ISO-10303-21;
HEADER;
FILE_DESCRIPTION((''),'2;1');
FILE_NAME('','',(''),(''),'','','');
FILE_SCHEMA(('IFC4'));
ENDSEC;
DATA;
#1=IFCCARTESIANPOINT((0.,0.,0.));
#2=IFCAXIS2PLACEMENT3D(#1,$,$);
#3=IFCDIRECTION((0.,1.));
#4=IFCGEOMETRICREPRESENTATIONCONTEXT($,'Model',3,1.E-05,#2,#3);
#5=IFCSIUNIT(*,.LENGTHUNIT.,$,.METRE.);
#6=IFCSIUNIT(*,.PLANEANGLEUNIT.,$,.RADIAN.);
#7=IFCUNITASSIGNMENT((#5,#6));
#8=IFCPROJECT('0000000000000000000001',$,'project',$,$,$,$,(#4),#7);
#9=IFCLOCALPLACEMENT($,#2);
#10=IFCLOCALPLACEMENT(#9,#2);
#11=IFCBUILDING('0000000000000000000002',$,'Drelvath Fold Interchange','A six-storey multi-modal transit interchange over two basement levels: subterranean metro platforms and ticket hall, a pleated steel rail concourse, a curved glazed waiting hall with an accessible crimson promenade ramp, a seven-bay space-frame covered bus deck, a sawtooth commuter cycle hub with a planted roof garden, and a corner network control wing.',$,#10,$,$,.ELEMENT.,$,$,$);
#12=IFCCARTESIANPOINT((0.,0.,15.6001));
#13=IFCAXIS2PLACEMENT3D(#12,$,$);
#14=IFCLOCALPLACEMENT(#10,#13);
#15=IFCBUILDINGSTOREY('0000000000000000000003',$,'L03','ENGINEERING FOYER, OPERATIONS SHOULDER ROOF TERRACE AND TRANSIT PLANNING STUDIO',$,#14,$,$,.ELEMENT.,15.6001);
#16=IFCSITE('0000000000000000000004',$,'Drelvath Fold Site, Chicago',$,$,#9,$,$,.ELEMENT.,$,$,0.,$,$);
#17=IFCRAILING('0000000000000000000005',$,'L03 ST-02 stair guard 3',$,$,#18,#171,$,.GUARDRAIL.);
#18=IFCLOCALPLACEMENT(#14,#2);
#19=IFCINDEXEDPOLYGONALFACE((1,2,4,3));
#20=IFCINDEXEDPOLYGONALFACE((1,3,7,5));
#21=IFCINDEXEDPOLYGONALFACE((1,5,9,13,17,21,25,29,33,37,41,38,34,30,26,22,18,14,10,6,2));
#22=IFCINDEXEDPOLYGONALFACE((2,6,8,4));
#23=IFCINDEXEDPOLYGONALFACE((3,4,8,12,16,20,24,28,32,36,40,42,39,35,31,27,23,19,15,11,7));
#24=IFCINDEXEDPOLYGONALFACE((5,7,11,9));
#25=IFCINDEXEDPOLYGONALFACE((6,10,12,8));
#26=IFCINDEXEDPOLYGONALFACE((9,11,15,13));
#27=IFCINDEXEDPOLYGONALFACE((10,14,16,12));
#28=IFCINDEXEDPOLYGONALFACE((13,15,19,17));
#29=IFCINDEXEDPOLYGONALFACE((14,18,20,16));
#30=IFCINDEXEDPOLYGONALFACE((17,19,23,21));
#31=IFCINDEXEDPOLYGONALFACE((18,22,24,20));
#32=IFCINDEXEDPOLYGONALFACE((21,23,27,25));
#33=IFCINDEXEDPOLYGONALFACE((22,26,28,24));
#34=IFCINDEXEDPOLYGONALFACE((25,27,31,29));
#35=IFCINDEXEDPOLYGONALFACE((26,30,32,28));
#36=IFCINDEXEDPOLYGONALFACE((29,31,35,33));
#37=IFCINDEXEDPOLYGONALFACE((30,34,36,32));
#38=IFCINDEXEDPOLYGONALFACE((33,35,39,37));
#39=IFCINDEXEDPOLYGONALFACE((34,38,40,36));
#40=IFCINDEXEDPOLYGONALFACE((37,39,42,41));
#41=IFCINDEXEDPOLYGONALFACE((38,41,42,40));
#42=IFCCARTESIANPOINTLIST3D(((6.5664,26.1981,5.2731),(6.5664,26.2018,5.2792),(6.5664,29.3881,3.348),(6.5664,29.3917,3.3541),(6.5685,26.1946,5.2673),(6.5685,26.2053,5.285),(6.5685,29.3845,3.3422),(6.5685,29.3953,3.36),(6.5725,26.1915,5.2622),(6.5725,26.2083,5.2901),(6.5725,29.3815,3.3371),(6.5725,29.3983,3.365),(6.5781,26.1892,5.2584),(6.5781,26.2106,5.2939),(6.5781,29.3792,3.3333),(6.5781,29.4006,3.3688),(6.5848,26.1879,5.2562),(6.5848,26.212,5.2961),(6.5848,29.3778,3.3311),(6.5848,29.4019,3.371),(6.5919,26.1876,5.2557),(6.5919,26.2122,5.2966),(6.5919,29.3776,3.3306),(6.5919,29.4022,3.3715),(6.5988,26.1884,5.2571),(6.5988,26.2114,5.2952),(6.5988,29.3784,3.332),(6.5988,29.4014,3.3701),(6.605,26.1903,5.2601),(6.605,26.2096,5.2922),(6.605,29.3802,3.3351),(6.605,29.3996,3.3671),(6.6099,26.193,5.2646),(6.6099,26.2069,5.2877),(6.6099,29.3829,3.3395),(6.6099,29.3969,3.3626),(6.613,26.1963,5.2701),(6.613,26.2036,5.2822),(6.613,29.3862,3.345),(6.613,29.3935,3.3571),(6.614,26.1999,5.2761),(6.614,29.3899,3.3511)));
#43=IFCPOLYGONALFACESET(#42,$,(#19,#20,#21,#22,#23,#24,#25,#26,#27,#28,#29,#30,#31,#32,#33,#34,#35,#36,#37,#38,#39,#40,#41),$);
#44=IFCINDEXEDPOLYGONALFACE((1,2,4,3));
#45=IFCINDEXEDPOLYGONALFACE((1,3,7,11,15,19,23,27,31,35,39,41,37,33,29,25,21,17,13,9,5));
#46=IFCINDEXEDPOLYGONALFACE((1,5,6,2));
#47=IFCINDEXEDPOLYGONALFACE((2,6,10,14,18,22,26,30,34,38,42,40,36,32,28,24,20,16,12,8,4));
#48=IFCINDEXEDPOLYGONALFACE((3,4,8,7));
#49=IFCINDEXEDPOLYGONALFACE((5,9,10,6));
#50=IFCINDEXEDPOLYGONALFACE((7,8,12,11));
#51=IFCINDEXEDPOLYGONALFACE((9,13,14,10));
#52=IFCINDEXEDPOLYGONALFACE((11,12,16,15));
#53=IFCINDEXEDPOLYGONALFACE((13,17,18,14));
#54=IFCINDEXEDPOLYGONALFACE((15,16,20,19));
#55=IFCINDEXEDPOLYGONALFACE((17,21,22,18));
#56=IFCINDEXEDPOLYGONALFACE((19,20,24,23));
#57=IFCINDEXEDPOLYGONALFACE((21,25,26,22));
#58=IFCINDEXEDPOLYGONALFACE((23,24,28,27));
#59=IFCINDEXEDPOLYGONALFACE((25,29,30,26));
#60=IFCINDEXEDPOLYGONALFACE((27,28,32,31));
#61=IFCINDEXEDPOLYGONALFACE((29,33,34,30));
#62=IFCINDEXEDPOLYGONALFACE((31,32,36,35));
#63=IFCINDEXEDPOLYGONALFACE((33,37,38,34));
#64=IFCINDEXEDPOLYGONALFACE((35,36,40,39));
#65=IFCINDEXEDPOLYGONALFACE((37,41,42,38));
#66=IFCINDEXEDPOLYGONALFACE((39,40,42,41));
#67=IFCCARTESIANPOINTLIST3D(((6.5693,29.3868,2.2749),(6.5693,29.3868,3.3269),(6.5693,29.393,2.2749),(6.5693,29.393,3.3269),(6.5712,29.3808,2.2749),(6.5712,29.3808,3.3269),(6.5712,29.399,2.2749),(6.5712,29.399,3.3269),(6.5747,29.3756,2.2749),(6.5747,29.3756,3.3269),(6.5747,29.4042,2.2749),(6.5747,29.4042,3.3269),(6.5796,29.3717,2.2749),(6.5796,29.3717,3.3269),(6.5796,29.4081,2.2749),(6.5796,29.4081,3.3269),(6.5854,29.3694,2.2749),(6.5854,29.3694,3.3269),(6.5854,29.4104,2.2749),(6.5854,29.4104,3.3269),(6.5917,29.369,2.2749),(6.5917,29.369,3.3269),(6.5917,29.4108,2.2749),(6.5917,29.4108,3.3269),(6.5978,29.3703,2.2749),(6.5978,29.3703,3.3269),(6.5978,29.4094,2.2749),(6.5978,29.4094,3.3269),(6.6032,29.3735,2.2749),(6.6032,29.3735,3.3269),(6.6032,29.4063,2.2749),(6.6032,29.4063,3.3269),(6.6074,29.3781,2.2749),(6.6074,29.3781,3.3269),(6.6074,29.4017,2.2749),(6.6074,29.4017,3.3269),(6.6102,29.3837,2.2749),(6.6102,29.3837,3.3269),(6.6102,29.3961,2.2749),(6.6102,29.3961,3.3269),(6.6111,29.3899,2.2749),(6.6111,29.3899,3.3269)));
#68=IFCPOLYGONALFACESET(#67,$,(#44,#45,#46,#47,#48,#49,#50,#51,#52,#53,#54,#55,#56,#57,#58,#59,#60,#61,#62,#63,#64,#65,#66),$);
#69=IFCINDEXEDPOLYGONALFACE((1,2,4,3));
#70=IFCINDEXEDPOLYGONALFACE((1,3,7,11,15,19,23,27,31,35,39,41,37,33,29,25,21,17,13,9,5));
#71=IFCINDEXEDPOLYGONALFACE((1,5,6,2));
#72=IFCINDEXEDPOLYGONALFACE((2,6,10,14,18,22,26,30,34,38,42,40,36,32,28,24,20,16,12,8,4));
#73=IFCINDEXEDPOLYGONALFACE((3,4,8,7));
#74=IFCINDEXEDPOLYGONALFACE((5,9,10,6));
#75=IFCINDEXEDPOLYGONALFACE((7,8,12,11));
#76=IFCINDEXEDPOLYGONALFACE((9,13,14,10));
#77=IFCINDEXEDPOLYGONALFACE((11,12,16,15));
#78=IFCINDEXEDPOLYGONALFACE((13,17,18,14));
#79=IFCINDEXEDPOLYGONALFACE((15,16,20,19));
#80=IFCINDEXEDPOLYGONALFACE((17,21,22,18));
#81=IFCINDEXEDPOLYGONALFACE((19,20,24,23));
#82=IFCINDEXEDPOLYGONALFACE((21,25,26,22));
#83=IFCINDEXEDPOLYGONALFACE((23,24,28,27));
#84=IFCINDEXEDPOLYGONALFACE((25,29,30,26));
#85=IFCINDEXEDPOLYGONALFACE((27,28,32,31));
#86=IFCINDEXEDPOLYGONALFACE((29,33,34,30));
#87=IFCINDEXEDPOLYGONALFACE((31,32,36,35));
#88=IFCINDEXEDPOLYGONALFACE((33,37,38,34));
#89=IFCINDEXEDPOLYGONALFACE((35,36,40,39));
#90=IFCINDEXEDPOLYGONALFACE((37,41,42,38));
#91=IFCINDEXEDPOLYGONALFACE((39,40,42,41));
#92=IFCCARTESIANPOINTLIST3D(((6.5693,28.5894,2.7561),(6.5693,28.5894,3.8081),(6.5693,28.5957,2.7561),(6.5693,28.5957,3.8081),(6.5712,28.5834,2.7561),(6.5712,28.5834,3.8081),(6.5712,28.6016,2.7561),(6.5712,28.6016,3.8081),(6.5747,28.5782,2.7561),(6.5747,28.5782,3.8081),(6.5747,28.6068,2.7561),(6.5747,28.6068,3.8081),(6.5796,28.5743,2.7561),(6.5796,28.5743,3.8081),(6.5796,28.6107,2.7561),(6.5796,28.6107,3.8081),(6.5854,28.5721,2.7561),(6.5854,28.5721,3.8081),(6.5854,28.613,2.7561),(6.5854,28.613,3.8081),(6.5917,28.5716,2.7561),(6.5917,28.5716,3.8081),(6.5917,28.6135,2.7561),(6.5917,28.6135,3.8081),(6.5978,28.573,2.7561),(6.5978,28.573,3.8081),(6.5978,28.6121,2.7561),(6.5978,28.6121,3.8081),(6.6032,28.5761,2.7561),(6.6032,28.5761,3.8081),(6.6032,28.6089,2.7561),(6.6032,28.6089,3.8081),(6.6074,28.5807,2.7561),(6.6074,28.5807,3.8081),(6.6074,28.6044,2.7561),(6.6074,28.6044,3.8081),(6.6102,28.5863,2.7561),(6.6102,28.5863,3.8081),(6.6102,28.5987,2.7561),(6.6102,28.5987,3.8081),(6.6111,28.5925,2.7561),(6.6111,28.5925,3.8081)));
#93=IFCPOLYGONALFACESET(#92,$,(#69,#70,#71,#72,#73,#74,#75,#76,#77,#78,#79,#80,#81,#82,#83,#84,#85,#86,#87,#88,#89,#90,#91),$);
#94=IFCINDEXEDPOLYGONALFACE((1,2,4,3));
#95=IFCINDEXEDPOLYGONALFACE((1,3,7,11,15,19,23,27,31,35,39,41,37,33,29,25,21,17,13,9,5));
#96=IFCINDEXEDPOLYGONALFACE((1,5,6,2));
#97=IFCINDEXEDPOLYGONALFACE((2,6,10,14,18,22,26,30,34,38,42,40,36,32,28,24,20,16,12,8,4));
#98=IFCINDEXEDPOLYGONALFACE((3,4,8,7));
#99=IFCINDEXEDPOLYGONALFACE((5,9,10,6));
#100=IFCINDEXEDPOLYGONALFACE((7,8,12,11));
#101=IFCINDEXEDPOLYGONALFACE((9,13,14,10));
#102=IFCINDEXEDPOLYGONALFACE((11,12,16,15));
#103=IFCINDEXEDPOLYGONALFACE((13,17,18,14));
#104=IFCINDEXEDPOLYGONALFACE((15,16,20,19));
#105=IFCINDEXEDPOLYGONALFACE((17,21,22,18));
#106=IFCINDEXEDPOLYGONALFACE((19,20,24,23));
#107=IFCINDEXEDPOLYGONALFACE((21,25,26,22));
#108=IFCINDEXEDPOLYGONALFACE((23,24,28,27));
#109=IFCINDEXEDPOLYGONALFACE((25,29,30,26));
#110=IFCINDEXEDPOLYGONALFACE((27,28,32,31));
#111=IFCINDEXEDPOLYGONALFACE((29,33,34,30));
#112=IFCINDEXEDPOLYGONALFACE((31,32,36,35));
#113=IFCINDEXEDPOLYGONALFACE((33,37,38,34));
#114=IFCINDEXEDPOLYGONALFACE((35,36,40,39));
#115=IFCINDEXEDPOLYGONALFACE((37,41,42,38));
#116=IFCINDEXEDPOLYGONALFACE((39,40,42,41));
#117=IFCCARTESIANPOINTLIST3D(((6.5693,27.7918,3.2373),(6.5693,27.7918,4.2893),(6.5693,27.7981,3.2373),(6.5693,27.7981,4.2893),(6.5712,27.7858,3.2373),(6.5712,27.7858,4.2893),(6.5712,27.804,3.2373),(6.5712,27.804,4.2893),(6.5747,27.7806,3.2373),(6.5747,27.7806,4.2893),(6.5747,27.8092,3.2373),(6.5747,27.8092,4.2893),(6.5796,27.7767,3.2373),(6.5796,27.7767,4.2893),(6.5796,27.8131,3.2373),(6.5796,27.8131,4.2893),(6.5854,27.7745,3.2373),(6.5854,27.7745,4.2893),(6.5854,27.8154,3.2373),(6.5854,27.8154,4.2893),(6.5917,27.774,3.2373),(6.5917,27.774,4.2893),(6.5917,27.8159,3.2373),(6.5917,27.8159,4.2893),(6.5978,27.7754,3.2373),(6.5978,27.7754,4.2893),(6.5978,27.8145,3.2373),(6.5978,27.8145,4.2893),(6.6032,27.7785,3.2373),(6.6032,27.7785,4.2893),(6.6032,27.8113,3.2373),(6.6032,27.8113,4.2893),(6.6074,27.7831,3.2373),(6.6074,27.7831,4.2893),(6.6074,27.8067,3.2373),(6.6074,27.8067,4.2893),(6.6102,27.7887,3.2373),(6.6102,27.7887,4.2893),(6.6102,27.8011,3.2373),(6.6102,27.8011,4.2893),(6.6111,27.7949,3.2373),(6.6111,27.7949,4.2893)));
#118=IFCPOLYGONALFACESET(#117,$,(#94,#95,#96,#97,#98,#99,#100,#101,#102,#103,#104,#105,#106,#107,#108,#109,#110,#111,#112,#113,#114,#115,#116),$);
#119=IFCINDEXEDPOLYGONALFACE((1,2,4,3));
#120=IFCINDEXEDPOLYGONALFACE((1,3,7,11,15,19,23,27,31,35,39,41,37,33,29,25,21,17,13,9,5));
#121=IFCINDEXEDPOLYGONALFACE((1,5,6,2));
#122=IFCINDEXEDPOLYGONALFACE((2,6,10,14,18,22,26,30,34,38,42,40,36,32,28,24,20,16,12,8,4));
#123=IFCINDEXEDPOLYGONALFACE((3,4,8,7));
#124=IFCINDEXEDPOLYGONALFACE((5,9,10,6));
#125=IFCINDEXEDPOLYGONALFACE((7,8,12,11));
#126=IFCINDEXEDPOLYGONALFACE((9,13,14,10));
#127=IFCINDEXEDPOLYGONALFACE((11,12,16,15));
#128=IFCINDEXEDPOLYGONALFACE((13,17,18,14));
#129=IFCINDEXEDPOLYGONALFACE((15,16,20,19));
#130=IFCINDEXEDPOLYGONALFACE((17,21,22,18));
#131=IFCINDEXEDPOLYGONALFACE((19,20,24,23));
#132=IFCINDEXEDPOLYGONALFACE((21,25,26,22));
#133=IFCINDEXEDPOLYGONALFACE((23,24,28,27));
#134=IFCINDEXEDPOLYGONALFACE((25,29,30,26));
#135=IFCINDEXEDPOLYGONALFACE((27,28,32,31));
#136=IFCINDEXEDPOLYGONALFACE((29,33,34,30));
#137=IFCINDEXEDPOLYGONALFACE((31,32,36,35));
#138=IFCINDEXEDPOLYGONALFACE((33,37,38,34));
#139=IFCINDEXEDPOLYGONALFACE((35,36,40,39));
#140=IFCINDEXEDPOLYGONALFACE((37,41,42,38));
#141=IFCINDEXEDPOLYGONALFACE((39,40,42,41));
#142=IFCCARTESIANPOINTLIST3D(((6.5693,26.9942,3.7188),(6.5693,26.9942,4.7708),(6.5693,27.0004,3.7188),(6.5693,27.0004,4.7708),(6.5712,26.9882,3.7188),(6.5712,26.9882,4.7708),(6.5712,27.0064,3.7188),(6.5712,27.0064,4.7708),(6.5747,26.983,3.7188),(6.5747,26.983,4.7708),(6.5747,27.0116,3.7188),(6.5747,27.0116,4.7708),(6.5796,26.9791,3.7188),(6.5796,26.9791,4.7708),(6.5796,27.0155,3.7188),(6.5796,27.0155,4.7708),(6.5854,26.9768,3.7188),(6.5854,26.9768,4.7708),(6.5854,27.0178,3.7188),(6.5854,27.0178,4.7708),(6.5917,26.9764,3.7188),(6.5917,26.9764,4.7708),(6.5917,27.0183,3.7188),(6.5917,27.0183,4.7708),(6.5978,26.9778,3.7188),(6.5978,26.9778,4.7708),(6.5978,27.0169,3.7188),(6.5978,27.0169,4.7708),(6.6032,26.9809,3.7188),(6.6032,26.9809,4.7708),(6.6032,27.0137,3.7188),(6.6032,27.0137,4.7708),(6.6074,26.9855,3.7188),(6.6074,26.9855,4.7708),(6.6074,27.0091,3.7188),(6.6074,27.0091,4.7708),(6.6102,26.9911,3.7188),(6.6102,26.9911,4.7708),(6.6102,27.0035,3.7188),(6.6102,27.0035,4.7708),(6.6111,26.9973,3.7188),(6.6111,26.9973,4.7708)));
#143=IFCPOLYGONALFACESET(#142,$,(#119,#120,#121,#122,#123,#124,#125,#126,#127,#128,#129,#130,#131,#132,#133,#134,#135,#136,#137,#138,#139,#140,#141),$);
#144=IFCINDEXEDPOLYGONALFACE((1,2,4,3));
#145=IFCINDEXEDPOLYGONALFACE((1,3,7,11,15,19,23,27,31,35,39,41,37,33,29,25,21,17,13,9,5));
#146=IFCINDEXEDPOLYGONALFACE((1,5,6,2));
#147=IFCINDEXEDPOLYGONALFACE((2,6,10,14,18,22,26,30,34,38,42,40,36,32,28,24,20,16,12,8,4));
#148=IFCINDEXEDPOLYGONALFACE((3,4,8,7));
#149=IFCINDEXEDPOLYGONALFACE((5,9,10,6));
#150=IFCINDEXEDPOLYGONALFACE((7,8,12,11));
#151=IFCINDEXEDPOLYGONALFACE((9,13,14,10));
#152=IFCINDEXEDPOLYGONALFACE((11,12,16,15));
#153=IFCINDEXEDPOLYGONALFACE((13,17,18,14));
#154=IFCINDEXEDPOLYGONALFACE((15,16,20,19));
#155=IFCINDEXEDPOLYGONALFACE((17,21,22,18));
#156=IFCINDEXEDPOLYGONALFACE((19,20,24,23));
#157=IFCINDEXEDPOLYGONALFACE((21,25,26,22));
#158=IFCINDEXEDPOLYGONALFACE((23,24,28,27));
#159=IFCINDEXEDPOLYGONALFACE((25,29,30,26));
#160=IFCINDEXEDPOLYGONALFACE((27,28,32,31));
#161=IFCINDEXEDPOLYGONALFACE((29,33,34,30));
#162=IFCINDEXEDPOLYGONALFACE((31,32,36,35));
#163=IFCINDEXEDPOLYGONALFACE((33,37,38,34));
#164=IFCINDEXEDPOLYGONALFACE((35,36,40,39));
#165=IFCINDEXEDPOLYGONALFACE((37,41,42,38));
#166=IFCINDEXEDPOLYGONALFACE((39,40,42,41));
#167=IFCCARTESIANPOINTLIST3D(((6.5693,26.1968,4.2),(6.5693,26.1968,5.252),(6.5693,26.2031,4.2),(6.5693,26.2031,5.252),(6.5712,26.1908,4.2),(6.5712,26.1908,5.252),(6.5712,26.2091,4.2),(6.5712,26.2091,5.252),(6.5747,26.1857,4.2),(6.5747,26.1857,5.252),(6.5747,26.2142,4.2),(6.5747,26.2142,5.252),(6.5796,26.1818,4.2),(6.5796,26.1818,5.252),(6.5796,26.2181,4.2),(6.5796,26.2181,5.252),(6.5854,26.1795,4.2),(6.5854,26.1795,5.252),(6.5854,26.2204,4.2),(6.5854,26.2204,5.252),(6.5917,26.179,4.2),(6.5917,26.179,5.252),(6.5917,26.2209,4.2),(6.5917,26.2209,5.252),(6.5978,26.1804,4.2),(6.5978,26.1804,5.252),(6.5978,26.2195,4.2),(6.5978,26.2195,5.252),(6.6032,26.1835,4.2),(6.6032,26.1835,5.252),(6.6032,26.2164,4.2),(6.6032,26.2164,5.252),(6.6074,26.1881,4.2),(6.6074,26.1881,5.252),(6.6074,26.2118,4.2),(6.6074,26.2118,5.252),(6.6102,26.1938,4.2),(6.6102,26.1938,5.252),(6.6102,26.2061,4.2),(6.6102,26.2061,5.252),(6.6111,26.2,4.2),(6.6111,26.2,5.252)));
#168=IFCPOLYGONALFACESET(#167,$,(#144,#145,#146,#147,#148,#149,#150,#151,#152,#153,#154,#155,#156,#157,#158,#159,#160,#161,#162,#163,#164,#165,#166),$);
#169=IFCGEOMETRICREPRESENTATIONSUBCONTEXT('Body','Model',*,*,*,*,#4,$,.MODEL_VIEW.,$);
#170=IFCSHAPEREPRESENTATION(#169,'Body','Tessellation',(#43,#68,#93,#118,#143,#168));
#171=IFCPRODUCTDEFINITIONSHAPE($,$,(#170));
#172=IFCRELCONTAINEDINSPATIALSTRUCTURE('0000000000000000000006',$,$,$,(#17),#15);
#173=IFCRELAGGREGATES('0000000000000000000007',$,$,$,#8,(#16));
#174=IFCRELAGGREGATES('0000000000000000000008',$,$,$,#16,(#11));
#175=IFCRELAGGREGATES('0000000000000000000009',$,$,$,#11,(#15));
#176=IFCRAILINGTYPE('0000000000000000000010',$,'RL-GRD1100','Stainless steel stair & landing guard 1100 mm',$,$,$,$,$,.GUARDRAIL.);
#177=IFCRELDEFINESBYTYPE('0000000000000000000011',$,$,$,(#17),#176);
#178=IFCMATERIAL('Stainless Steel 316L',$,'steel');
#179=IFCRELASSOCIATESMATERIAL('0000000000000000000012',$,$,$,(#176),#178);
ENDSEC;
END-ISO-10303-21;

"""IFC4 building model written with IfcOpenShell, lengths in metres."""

from ifc_helpers import new_model, si_unit, direction, frame, origin, origin_2d, place, context, subcontext, project, spatial, circle, extrude, material, type_object, element, save


model = new_model("IFC4")

# Units and contexts
model_context = context("Model", 3, precision=1e-05, world=origin(), true_north=direction((0.0, 1.0)))
body_context = subcontext(model_context, "Body", "Model", "MODEL_VIEW")
ifc_project = project(units=[si_unit("LENGTHUNIT", "METRE"), si_unit("PLANEANGLEUNIT", "RADIAN")], contexts=[model_context])

# Site, building, storey
site_placement = place(None, origin())
site = spatial("IfcSite", under=ifc_project, at=site_placement, Name="Drelvath Fold Site, Chicago", CompositionType="ELEMENT", RefElevation=0.0)
building_placement = place(site_placement, origin())
building = spatial("IfcBuilding", under=site, at=building_placement, Name="Drelvath Fold Interchange", Description="A six-storey multi-modal transit interchange over two basement levels: subterranean metro platforms and ticket hall, a pleated steel rail concourse, a curved glazed waiting hall with an accessible crimson promenade ramp, a seven-bay space-frame covered bus deck, a sawtooth commuter cycle hub with a planted roof garden, and a corner network control wing.", CompositionType="ELEMENT")
storey_placement = place(building_placement, frame((0.0, 0.0, 15.6001)))
storey = spatial("IfcBuildingStorey", under=building, at=storey_placement, Name="L03", Description="ENGINEERING FOYER, OPERATIONS SHOULDER ROOF TERRACE AND TRANSIT PLANNING STUDIO", CompositionType="ELEMENT", Elevation=15.6001)

# Railing
ifc_material_1 = material(Name="Stainless Steel 316L", Category="steel")
railing_type_1 = type_object("IfcRailingType", Name="RL-GRD1100", Description="Stainless steel stair & landing guard 1100 mm", PredefinedType="GUARDRAIL", material=ifc_material_1)
railing_1_placement = place(storey_placement, frame((6.5901, 29.3899, 2.2749)))
element("IfcRailing", 1, at=railing_1_placement, inside=storey, type_object=railing_type_1, Name="L03 ST-02 stair guard 3", PredefinedType="GUARDRAIL", context=body_context, shape_type="SweptSolid", body=[
    extrude(circle(Radius=0.0239, at=origin_2d()), frame((0.0, 0.0, 1.0762), z_axis=(0.0, -0.856178, 0.516682), x_axis=(1.0, 0.0, 0.0)), (0.0, 0.0, 1.0), 3.7258),
    extrude(circle(Radius=0.021, at=origin_2d()), origin(), (0.0, 0.0, 1.0), 1.052),
    extrude(circle(Radius=0.021, at=origin_2d()), frame((0.0, -0.7974, 0.4812)), (0.0, 0.0, 1.0), 1.052),
    extrude(circle(Radius=0.021, at=origin_2d()), frame((0.0, -1.595, 0.9624)), (0.0, 0.0, 1.0), 1.052),
    extrude(circle(Radius=0.021, at=origin_2d()), frame((0.0, -2.3926, 1.4438)), (0.0, 0.0, 1.0), 1.052),
    extrude(circle(Radius=0.021, at=origin_2d()), frame((0.0, -3.1899, 1.925)), (0.0, 0.0, 1.0), 1.052),
])

save(model, "model.ifc")
